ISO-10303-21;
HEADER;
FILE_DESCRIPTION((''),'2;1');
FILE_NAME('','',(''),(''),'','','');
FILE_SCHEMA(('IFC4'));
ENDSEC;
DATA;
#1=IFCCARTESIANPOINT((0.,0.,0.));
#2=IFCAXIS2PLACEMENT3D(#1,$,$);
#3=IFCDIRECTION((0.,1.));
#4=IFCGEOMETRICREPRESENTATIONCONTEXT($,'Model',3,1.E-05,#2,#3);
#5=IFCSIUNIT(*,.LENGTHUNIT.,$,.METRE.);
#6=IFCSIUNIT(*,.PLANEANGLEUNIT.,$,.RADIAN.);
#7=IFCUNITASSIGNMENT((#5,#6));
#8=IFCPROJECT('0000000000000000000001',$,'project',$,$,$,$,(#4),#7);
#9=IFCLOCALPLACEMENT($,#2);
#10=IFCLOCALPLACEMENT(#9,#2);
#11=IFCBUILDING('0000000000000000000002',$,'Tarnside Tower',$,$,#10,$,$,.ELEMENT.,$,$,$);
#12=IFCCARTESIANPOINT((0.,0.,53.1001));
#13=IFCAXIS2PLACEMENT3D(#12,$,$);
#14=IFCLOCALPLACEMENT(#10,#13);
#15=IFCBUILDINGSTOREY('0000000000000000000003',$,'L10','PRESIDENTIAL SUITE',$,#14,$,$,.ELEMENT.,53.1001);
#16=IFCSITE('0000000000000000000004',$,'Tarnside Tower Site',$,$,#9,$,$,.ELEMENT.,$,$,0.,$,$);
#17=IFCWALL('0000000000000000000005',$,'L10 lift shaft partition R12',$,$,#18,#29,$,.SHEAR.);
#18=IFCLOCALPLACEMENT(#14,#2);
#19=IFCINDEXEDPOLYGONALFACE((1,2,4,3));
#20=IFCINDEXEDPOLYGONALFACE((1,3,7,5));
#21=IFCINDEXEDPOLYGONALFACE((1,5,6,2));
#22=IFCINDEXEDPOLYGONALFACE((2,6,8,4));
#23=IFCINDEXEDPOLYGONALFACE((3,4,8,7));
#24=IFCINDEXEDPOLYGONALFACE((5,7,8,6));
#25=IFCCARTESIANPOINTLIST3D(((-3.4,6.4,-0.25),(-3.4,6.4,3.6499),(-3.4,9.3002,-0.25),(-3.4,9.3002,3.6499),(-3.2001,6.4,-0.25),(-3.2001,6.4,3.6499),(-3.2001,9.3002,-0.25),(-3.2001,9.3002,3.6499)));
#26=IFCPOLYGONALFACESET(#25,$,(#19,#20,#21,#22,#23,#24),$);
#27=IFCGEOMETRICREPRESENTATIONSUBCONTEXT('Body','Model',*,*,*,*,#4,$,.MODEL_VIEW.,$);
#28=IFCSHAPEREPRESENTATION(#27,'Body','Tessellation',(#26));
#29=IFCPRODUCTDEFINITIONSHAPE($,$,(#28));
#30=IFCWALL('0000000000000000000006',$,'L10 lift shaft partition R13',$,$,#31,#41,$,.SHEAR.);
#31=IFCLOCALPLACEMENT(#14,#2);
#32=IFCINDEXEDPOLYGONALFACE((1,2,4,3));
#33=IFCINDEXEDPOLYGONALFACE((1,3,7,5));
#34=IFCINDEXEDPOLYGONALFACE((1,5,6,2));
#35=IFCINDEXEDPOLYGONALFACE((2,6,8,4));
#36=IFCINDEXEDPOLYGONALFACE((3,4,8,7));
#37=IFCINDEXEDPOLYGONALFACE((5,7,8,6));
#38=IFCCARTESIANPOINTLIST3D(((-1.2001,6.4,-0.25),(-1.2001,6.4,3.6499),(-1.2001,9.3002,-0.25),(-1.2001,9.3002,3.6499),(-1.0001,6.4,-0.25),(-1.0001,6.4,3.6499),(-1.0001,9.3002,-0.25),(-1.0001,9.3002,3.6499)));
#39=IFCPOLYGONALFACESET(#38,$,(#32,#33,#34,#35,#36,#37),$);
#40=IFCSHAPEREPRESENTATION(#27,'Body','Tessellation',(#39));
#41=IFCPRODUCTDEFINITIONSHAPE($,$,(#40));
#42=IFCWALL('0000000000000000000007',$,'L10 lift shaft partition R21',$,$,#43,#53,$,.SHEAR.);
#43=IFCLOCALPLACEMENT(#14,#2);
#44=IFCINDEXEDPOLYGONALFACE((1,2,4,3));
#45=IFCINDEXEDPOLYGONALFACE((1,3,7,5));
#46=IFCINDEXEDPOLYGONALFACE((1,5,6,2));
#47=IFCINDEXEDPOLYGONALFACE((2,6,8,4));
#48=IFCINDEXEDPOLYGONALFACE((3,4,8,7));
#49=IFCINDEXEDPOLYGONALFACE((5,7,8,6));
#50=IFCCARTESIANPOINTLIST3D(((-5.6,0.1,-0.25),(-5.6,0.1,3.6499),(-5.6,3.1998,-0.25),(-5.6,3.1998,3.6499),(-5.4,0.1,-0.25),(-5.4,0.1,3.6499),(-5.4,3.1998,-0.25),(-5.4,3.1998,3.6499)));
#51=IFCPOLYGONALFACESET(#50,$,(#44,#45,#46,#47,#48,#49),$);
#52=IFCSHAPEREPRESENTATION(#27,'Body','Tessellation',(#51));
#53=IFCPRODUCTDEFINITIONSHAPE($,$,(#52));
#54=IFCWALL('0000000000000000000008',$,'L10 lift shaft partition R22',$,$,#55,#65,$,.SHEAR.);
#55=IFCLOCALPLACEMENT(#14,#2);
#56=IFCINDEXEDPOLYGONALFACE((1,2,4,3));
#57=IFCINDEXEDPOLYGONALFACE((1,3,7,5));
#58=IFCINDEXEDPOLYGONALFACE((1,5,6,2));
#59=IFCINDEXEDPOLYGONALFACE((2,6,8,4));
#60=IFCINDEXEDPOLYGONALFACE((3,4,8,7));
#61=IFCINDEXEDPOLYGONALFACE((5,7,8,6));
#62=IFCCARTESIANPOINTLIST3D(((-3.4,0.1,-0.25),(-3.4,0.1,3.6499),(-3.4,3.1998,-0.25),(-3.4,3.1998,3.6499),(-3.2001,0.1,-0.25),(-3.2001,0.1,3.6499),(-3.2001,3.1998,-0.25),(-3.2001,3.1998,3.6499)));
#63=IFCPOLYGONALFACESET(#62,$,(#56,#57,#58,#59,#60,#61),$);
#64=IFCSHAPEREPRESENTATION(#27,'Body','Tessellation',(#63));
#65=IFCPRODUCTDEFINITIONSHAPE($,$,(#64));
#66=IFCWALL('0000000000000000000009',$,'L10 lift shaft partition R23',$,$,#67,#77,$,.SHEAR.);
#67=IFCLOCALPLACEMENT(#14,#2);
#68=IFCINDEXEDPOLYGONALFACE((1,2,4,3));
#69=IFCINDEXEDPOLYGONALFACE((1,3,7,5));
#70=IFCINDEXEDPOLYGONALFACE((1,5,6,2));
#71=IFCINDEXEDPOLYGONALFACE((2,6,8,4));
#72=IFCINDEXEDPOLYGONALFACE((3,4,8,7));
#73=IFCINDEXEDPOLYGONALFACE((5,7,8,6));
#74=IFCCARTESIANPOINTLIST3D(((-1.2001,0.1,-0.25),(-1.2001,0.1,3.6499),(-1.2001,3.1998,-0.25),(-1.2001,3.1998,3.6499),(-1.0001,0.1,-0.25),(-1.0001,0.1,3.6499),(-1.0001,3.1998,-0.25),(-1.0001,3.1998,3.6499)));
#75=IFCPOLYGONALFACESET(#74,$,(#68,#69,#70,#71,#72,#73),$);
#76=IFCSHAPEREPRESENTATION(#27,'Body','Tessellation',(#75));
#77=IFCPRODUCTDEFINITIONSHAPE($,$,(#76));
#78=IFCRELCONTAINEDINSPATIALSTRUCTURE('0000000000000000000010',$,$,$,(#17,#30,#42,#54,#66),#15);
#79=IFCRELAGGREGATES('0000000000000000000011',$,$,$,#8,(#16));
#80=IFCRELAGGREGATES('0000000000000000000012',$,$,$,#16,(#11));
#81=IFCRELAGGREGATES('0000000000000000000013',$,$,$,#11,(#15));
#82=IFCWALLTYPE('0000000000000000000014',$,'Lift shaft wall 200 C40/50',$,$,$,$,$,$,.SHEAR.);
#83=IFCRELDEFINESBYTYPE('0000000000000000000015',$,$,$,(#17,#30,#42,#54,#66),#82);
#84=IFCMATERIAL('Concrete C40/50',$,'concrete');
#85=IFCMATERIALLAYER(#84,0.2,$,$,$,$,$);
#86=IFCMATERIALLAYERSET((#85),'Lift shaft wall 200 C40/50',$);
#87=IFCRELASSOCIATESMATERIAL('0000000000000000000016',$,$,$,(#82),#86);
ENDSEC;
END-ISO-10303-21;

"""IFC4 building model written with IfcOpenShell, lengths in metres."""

from ifc_helpers import new_model, si_unit, direction, frame, frame_2d, origin, place, context, subcontext, project, spatial, rectangle, extrude, material, layer, layer_set, type_object, element, save


model = new_model("IFC4")

# Units and contexts
model_context = context("Model", 3, precision=1e-05, world=origin(), true_north=direction((0.0, 1.0)))
body_context = subcontext(model_context, "Body", "Model", "MODEL_VIEW")
ifc_project = project(units=[si_unit("LENGTHUNIT", "METRE"), si_unit("PLANEANGLEUNIT", "RADIAN")], contexts=[model_context])

# Site, building, storey
site_placement = place(None, origin())
site = spatial("IfcSite", under=ifc_project, at=site_placement, Name="Tarnside Tower Site", CompositionType="ELEMENT", RefElevation=0.0)
building_placement = place(site_placement, origin())
building = spatial("IfcBuilding", under=site, at=building_placement, Name="Tarnside Tower", CompositionType="ELEMENT")
storey_placement = place(building_placement, frame((0.0, 0.0, 53.1001)))
storey = spatial("IfcBuildingStorey", under=building, at=storey_placement, Name="L10", Description="PRESIDENTIAL SUITE", CompositionType="ELEMENT", Elevation=53.1001)

# Shared definitions
ifc_material_1 = material(Name="Concrete C40/50", Category="concrete")
ifc_layer_1 = layer(ifc_material_1, 0.2)
ifc_layer_set_1 = layer_set([ifc_layer_1], Name="Lift shaft wall 200 C40/50")
wall_type = type_object("IfcWallType", Name="Lift shaft wall 200 C40/50", PredefinedType="SHEAR", material=ifc_layer_set_1)

# Walls
for number, where, z_axis, x_axis, name in (
    (1, (-3.3, 6.3999, -0.25), (0.0, 0.0, 1.0), (0.0, 1.0, 0.0), "L10 lift shaft partition R12"),
    (2, (-1.1001, 6.3999, -0.25), (0.0, 0.0, 1.0), (0.0, 1.0, 0.0), "L10 lift shaft partition R13"),
):
    element("IfcWall", number, at=place(storey_placement, frame(where, z_axis=z_axis, x_axis=x_axis)), inside=storey, type_object=wall_type, Name=name, PredefinedType="SHEAR", context=body_context, shape_type="SweptSolid", body=[
        extrude(rectangle(XDim=2.9001, YDim=0.2, at=frame_2d((1.4502, 0.0))), origin(), (0.0, 0.0, 1.0), 3.8999),
    ])
for number, where, z_axis, x_axis, name in (
    (3, (-5.5, 0.1001, -0.25), (0.0, 0.0, 1.0), (0.0, 1.0, 0.0), "L10 lift shaft partition R21"),
    (4, (-3.3, 0.1001, -0.25), (0.0, 0.0, 1.0), (0.0, 1.0, 0.0), "L10 lift shaft partition R22"),
    (5, (-1.1001, 0.1001, -0.25), (0.0, 0.0, 1.0), (0.0, 1.0, 0.0), "L10 lift shaft partition R23"),
):
    element("IfcWall", number, at=place(storey_placement, frame(where, z_axis=z_axis, x_axis=x_axis)), inside=storey, type_object=wall_type, Name=name, PredefinedType="SHEAR", context=body_context, shape_type="SweptSolid", body=[
        extrude(rectangle(XDim=3.0999, YDim=0.2, at=frame_2d((1.5498, 0.0))), origin(), (0.0, 0.0, 1.0), 3.8999),
    ])

save(model, "model.ifc")
